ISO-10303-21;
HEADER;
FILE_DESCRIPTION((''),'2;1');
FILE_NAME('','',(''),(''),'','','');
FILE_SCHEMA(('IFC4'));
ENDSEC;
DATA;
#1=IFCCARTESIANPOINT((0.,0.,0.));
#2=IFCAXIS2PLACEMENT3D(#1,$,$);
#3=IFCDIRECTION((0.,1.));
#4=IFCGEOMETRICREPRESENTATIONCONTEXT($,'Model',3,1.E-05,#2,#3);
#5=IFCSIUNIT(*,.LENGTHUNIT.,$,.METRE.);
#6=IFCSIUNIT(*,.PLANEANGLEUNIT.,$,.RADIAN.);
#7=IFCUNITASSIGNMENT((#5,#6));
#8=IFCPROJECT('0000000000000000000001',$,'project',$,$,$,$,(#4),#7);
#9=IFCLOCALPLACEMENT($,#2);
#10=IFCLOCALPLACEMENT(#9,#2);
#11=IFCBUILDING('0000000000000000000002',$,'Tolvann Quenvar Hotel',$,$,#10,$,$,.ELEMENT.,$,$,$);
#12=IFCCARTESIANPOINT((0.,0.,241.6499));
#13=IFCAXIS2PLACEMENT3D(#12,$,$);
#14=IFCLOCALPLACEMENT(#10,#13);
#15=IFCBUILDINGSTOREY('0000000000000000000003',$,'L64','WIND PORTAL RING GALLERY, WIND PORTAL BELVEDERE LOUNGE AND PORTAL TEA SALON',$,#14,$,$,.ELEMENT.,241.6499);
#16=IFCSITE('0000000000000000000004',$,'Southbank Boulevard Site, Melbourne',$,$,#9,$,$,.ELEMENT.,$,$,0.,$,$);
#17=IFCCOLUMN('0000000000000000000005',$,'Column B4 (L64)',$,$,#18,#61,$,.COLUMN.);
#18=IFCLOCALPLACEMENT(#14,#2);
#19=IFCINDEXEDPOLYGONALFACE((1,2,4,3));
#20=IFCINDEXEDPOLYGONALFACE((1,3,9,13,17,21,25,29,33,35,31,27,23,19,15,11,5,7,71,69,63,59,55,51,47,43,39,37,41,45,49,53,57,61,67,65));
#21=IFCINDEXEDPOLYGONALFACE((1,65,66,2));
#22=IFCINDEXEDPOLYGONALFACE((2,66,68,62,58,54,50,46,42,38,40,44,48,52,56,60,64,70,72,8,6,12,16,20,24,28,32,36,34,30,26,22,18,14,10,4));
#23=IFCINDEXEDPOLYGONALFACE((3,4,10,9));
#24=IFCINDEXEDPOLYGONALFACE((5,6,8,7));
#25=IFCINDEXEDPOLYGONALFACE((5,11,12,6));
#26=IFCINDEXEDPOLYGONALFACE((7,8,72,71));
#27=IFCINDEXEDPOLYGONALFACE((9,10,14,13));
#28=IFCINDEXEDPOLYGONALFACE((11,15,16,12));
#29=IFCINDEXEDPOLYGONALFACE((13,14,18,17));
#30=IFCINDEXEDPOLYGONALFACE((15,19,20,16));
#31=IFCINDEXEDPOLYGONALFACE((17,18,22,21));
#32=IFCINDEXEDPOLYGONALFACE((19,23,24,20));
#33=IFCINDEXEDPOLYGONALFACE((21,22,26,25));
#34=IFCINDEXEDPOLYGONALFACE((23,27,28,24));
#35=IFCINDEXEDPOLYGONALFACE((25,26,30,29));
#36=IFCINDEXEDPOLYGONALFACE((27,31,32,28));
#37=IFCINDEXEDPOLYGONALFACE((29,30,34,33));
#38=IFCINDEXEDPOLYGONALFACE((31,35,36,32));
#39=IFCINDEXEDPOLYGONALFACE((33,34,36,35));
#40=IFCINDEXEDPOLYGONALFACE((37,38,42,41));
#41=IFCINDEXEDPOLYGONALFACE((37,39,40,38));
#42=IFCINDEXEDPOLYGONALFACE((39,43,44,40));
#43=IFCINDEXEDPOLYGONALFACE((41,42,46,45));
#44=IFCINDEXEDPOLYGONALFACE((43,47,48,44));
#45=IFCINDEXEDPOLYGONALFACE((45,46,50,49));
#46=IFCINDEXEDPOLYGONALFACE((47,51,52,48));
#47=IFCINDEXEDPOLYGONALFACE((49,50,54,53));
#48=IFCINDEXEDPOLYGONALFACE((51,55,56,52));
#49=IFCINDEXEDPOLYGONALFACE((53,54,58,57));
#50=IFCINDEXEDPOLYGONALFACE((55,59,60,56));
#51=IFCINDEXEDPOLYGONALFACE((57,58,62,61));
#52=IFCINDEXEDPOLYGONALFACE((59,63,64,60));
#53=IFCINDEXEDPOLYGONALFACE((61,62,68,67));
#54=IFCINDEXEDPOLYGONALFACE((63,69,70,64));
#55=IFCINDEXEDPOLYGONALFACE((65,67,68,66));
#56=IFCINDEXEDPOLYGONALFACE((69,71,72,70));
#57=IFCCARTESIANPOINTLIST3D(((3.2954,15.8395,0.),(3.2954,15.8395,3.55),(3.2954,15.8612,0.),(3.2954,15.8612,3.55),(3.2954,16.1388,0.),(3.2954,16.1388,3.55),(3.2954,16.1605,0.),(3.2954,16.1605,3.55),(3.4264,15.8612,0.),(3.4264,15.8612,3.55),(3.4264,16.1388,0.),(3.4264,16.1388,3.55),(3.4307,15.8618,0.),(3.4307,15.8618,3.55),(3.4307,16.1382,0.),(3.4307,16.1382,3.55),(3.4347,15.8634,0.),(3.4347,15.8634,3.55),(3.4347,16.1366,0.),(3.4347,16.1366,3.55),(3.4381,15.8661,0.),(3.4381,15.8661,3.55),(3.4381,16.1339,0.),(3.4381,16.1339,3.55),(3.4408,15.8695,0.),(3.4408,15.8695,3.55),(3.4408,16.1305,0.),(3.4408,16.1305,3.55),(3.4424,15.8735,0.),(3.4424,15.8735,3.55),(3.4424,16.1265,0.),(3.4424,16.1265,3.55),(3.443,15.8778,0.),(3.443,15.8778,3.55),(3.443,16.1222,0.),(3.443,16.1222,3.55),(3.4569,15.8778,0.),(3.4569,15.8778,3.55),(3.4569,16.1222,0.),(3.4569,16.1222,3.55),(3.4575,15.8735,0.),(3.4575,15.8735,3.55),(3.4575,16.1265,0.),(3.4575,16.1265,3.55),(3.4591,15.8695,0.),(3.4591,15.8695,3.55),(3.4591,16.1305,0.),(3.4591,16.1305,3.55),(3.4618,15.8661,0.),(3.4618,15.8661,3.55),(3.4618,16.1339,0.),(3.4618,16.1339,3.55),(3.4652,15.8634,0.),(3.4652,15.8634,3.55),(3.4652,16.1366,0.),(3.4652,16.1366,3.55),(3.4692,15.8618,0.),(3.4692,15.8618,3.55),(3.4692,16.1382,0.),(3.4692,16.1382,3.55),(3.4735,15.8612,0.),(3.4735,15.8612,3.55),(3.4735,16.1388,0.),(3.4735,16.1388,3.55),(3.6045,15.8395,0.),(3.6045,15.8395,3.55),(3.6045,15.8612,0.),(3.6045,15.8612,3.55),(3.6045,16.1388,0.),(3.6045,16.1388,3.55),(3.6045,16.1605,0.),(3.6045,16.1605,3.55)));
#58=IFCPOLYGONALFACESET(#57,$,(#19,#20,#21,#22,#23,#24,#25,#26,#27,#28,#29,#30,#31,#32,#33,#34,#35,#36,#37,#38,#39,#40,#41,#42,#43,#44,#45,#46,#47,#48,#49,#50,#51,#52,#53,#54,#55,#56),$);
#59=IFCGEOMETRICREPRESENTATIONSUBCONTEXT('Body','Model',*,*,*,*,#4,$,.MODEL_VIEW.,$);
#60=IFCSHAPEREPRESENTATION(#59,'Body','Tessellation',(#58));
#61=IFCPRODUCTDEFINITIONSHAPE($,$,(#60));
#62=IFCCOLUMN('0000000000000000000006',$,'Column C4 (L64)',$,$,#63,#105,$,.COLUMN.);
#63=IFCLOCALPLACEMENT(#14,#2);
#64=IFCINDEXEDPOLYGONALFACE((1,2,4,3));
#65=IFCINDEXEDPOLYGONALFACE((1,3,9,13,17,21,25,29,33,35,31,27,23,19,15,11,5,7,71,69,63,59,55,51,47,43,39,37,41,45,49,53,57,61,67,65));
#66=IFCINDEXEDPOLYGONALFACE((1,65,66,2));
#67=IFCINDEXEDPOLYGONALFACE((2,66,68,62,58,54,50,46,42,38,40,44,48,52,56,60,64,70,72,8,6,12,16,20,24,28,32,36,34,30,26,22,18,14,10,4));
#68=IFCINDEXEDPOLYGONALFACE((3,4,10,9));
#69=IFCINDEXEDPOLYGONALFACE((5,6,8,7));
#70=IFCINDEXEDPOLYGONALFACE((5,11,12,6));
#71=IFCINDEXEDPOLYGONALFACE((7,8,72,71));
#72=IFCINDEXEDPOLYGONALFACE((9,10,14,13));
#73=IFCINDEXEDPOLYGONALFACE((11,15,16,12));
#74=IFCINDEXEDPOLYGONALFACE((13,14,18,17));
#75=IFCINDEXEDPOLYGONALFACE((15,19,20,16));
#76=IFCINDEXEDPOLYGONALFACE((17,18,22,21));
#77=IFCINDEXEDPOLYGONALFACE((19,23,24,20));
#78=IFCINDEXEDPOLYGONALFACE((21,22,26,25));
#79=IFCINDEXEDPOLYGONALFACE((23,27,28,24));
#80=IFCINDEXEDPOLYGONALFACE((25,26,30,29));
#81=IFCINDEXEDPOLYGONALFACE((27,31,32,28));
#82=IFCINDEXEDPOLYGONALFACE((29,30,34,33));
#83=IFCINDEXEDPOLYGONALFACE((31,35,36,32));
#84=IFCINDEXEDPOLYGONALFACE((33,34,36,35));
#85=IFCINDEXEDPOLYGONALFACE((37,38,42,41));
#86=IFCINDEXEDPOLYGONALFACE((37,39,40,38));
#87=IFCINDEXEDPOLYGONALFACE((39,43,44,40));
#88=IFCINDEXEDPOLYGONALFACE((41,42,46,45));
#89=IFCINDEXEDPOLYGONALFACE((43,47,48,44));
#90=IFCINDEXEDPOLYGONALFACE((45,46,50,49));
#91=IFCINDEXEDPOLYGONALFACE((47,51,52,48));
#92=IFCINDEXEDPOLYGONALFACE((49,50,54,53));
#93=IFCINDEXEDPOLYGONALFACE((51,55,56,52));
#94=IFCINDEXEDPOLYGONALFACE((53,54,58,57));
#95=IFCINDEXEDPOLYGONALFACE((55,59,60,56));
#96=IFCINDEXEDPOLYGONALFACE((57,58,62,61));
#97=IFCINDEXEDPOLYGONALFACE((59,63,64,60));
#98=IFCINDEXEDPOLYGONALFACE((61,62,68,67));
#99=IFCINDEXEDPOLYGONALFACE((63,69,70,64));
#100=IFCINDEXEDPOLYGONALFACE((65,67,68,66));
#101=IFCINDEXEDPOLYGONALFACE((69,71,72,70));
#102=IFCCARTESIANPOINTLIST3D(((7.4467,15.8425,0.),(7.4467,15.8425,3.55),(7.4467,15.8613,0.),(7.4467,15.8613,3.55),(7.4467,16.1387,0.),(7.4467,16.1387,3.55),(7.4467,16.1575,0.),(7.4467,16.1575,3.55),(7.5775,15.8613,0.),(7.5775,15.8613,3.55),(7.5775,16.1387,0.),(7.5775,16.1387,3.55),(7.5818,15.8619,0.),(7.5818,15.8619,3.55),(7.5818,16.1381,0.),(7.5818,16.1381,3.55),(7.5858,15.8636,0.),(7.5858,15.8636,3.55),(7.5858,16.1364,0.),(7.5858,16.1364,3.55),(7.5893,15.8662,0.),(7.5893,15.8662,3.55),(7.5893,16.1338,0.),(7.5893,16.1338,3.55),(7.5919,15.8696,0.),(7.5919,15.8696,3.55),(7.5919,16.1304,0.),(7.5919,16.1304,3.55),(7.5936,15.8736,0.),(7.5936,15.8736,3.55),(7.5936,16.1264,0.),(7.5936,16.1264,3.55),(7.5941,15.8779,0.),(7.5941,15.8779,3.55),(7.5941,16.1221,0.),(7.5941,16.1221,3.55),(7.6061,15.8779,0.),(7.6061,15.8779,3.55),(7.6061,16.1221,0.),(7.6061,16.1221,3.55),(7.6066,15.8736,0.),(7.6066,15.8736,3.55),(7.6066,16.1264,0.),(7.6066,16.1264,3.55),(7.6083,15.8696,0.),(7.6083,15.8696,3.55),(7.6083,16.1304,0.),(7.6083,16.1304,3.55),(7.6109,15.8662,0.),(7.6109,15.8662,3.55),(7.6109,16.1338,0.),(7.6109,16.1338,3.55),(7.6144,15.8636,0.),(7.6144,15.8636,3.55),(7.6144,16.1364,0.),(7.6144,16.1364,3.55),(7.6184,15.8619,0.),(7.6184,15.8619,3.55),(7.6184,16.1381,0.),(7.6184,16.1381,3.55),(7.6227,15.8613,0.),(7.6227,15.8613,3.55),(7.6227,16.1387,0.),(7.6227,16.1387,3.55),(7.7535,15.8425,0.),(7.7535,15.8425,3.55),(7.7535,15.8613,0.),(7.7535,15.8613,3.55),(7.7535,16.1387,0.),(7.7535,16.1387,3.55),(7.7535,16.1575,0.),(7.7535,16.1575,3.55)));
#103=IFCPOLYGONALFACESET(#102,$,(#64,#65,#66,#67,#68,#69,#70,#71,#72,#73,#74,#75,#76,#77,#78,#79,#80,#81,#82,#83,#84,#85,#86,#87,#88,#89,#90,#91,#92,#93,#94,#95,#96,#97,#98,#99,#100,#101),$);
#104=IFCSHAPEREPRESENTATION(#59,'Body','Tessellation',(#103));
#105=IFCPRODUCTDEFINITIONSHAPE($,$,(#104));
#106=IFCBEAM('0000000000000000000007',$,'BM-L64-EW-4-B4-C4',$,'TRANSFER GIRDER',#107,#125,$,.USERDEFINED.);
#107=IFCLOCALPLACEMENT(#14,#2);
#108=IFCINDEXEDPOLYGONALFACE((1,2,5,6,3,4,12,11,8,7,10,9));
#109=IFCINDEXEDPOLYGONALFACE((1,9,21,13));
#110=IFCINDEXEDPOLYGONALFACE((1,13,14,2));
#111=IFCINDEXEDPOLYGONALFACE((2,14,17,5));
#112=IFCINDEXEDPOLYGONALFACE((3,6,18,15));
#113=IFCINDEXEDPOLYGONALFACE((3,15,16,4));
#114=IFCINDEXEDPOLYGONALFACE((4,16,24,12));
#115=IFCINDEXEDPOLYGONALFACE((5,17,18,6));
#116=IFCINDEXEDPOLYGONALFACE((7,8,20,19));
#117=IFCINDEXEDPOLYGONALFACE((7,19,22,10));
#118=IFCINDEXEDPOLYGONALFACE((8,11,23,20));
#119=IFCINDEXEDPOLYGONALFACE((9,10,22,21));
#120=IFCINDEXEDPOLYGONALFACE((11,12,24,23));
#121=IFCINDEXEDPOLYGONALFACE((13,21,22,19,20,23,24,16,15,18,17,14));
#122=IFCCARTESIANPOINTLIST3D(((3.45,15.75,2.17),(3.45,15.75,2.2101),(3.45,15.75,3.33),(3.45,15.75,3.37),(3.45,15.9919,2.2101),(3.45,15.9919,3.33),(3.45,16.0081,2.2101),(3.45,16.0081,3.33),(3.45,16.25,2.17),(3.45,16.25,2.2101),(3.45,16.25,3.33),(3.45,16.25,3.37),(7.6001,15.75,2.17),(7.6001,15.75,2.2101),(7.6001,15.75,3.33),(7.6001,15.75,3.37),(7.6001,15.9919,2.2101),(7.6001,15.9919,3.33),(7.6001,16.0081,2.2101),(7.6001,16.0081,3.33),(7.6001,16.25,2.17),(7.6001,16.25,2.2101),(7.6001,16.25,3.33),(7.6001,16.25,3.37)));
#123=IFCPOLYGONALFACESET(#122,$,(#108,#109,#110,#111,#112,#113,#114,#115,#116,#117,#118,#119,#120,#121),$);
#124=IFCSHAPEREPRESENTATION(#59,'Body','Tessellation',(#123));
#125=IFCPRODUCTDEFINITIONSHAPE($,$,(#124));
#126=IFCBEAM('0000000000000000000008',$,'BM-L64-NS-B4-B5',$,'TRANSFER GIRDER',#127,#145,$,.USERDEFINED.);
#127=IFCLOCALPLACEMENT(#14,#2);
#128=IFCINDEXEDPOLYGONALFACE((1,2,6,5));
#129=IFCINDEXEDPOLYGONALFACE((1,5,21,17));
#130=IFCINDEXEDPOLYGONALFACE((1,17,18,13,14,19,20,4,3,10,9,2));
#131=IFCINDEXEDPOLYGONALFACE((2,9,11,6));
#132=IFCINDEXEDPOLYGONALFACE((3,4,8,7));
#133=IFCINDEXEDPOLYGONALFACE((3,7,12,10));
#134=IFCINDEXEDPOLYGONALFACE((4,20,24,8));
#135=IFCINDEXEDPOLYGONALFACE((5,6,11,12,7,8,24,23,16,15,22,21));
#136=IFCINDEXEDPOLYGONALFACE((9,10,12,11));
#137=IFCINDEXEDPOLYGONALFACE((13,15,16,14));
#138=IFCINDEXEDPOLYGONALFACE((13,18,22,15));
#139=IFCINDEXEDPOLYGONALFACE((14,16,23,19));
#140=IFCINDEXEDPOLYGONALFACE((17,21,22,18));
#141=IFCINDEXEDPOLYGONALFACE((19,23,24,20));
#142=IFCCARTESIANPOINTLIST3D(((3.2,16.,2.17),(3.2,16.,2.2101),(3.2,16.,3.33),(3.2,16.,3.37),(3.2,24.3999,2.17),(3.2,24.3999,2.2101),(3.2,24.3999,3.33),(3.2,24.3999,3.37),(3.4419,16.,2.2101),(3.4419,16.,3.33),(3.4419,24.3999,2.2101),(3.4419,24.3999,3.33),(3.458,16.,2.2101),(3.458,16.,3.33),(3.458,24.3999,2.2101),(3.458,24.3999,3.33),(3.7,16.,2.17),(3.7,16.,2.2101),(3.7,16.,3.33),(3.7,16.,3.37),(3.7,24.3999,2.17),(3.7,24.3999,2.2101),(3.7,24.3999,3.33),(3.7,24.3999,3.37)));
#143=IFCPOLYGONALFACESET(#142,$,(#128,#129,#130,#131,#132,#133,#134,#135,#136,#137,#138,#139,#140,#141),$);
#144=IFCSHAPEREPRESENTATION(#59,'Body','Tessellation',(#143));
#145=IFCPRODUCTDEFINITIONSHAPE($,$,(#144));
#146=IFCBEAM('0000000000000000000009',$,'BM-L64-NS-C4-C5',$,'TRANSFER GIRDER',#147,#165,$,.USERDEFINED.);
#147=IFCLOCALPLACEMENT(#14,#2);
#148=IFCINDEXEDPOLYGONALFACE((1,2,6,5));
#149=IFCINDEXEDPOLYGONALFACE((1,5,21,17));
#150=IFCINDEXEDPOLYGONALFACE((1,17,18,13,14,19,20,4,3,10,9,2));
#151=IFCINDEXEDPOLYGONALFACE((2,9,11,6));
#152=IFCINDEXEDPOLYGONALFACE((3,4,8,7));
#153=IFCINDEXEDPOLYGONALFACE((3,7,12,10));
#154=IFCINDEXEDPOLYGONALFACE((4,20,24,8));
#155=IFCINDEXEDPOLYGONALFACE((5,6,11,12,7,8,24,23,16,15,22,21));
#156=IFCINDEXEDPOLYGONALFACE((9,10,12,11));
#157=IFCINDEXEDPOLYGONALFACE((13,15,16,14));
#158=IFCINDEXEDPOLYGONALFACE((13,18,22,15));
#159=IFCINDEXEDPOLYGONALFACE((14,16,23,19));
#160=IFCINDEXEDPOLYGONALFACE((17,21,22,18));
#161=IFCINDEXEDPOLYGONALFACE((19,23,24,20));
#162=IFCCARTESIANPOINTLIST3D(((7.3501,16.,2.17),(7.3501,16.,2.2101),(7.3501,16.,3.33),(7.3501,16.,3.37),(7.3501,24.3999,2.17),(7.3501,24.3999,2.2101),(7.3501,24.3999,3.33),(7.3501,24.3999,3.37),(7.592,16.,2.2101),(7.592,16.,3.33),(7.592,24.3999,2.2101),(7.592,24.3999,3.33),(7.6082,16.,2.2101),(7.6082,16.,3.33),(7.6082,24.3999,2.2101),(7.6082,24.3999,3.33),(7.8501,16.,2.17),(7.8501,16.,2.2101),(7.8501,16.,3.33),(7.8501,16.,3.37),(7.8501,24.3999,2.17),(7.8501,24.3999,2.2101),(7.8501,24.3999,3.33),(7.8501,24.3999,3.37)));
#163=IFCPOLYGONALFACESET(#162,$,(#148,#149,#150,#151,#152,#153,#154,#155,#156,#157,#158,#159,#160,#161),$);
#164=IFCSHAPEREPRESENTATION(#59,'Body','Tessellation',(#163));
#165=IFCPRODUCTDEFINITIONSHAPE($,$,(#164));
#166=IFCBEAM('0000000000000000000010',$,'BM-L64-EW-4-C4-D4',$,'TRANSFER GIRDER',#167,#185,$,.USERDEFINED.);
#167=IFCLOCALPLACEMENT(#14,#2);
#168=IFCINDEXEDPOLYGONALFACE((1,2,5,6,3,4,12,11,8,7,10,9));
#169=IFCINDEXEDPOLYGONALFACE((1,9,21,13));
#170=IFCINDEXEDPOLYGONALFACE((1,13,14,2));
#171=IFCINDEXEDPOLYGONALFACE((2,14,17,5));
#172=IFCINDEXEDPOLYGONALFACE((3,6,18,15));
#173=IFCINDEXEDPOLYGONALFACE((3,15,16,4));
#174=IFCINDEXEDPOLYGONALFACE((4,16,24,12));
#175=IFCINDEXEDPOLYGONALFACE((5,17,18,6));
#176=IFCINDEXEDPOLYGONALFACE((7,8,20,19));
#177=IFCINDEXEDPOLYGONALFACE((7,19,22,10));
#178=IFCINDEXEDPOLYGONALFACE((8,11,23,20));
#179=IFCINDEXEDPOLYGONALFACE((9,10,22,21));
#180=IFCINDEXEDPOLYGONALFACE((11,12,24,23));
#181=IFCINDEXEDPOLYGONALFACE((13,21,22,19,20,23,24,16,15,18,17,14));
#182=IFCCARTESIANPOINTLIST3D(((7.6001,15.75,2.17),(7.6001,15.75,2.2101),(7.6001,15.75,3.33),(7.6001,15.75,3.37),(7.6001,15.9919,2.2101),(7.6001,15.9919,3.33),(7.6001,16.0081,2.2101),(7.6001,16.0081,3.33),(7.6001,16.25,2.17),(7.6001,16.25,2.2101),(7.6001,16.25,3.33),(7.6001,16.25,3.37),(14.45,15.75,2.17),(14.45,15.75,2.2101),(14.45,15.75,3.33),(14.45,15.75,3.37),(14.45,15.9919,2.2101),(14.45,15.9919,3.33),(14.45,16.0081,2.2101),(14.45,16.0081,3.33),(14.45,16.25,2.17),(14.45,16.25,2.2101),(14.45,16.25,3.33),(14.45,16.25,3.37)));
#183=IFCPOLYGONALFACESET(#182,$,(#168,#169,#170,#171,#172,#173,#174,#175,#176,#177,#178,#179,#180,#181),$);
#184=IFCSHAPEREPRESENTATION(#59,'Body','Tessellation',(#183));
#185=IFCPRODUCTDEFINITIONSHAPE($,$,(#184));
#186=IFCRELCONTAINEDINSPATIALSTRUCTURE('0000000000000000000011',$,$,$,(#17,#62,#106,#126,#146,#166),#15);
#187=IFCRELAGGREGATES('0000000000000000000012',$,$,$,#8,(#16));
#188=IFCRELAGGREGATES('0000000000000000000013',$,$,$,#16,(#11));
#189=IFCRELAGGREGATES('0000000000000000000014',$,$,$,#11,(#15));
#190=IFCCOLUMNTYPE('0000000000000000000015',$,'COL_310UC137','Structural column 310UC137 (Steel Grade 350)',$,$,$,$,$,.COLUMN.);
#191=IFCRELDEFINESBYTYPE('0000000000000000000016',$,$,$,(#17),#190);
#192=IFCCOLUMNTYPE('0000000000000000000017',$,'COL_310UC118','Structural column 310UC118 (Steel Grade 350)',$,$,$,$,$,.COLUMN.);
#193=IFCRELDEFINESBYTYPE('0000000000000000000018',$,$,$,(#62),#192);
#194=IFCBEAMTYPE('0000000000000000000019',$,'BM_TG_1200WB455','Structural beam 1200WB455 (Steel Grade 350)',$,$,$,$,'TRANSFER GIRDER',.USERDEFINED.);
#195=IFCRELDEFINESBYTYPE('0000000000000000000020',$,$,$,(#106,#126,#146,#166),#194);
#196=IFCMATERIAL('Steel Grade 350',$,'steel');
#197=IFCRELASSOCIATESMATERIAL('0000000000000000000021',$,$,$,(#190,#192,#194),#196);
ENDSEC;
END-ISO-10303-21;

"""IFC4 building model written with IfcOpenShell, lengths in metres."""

from ifc_helpers import new_model, si_unit, direction, frame, origin, origin_2d, place, context, subcontext, project, spatial, i_section, extrude, source, transform, mapped, material, material_profile, profile_set, type_object, type_shapes, element, save


model = new_model("IFC4")

# Units and contexts
model_context = context("Model", 3, precision=1e-05, world=origin(), true_north=direction((0.0, 1.0)))
body_context = subcontext(model_context, "Body", "Model", "MODEL_VIEW")
ifc_project = project(units=[si_unit("LENGTHUNIT", "METRE"), si_unit("PLANEANGLEUNIT", "RADIAN")], contexts=[model_context])

# Site, building, storey
site_placement = place(None, origin())
site = spatial("IfcSite", under=ifc_project, at=site_placement, Name="Southbank Boulevard Site, Melbourne", CompositionType="ELEMENT", RefElevation=0.0)
building_placement = place(site_placement, origin())
building = spatial("IfcBuilding", under=site, at=building_placement, Name="Tolvann Quenvar Hotel", CompositionType="ELEMENT")
storey_placement = place(building_placement, frame((0.0, 0.0, 241.6499)))
storey = spatial("IfcBuildingStorey", under=building, at=storey_placement, Name="L64", Description="WIND PORTAL RING GALLERY, WIND PORTAL BELVEDERE LOUNGE AND PORTAL TEA SALON", CompositionType="ELEMENT", Elevation=241.6499)

# Columns
ifc_material_1 = material(Name="Steel Grade 350", Category="steel")
ifc_material_profile_1 = material_profile(ifc_material_1, i_section(OverallWidth=0.3091, OverallDepth=0.321, WebThickness=0.0139, FlangeThickness=0.0217, FilletRadius=0.0166, at=origin_2d()), Name="310UC137")
ifc_profile_set_1 = profile_set([ifc_material_profile_1], Name="Steel Grade 350")
column_type_1 = type_object("IfcColumnType", Name="COL_310UC137", Description="Structural column 310UC137 (Steel Grade 350)", PredefinedType="COLUMN", material=ifc_profile_set_1)
shared_shape_1 = source(origin(), body_context, "Body", "SweptSolid", [
    extrude(i_section(OverallWidth=0.3091, OverallDepth=0.321, WebThickness=0.0139, FlangeThickness=0.0217, FilletRadius=0.0166, at=origin_2d()), origin(), (0.0, 0.0, 1.0), 3.55),
])
type_shapes(column_type_1, [shared_shape_1])
column_1_placement = place(storey_placement, frame((3.45, 16.0, 0.0), z_axis=(0.0, 0.0, 1.0), x_axis=(1.0, 0.0, 0.0)))
element("IfcColumn", 1, at=column_1_placement, inside=storey, type_object=column_type_1, Name="Column B4 (L64)", PredefinedType="COLUMN", context=body_context, shape_type="MappedRepresentation", body=[
    mapped(shared_shape_1, transform((0.0, 0.0, 0.0), x_axis=(1.0, 0.0, 0.0), y_axis=(0.0, 1.0, 0.0), z_axis=(0.0, 0.0, 1.0), scale=1.0)),
])
ifc_material_profile_2 = material_profile(ifc_material_1, i_section(OverallWidth=0.3069, OverallDepth=0.3149, WebThickness=0.012, FlangeThickness=0.0188, FilletRadius=0.0166, at=origin_2d()), Name="310UC118")
ifc_profile_set_2 = profile_set([ifc_material_profile_2], Name="Steel Grade 350")
column_type_2 = type_object("IfcColumnType", Name="COL_310UC118", Description="Structural column 310UC118 (Steel Grade 350)", PredefinedType="COLUMN", material=ifc_profile_set_2)
shared_shape_2 = source(origin(), body_context, "Body", "SweptSolid", [
    extrude(i_section(OverallWidth=0.3069, OverallDepth=0.3149, WebThickness=0.012, FlangeThickness=0.0188, FilletRadius=0.0166, at=origin_2d()), origin(), (0.0, 0.0, 1.0), 3.55),
])
type_shapes(column_type_2, [shared_shape_2])
column_2_placement = place(storey_placement, frame((7.6001, 16.0, 0.0), z_axis=(0.0, 0.0, 1.0), x_axis=(1.0, 0.0, 0.0)))
element("IfcColumn", 2, at=column_2_placement, inside=storey, type_object=column_type_2, Name="Column C4 (L64)", PredefinedType="COLUMN", context=body_context, shape_type="MappedRepresentation", body=[
    mapped(shared_shape_2, transform((0.0, 0.0, 0.0), x_axis=(1.0, 0.0, 0.0), y_axis=(0.0, 1.0, 0.0), z_axis=(0.0, 0.0, 1.0), scale=1.0)),
])

# Beams
ifc_material_profile_3 = material_profile(ifc_material_1, i_section(OverallWidth=0.5, OverallDepth=1.2, WebThickness=0.0161, FlangeThickness=0.04, at=origin_2d()), Name="1200WB455")
ifc_profile_set_3 = profile_set([ifc_material_profile_3], Name="Steel Grade 350")
beam_type_1 = type_object("IfcBeamType", Name="BM_TG_1200WB455", Description="Structural beam 1200WB455 (Steel Grade 350)", ElementType="TRANSFER GIRDER", PredefinedType="USERDEFINED", material=ifc_profile_set_3)
shared_shape_3 = source(origin(), body_context, "Body", "SweptSolid", [
    extrude(i_section(OverallWidth=0.5, OverallDepth=1.2, WebThickness=0.0161, FlangeThickness=0.04, at=origin_2d()), origin(), (0.0, 0.0, 1.0), 4.1501),
])
beam_1_placement = place(storey_placement, frame((3.45, 16.0, 2.77), z_axis=(1.0, 0.0, 0.0), x_axis=(0.0, 1.0, 0.0)))
element("IfcBeam", 3, at=beam_1_placement, inside=storey, type_object=beam_type_1, Name="BM-L64-EW-4-B4-C4", ObjectType="TRANSFER GIRDER", PredefinedType="USERDEFINED", context=body_context, shape_type="MappedRepresentation", body=[
    mapped(shared_shape_3, transform((0.0, 0.0, 0.0), x_axis=(1.0, 0.0, 0.0), y_axis=(0.0, 1.0, 0.0), z_axis=(0.0, 0.0, 1.0), scale=1.0)),
])
shared_shape_4 = source(origin(), body_context, "Body", "SweptSolid", [
    extrude(i_section(OverallWidth=0.5, OverallDepth=1.2, WebThickness=0.0161, FlangeThickness=0.04, at=origin_2d()), origin(), (0.0, 0.0, 1.0), 8.3999),
])
for number, where, z_axis, x_axis, name in (
    (4, (3.45, 16.0, 2.77), (0.0, 1.0, 0.0), (-1.0, 0.0, 0.0), "BM-L64-NS-B4-B5"),
    (5, (7.6001, 16.0, 2.77), (0.0, 1.0, 0.0), (-1.0, 0.0, 0.0), "BM-L64-NS-C4-C5"),
):
    element("IfcBeam", number, at=place(storey_placement, frame(where, z_axis=z_axis, x_axis=x_axis)), inside=storey, type_object=beam_type_1, Name=name, ObjectType="TRANSFER GIRDER", PredefinedType="USERDEFINED", context=body_context, shape_type="MappedRepresentation", body=[
        mapped(shared_shape_4, transform((0.0, 0.0, 0.0), x_axis=(1.0, 0.0, 0.0), y_axis=(0.0, 1.0, 0.0), z_axis=(0.0, 0.0, 1.0), scale=1.0)),
    ])
shared_shape_5 = source(origin(), body_context, "Body", "SweptSolid", [
    extrude(i_section(OverallWidth=0.5, OverallDepth=1.2, WebThickness=0.0161, FlangeThickness=0.04, at=origin_2d()), origin(), (0.0, 0.0, 1.0), 6.8499),
])
type_shapes(beam_type_1, [shared_shape_3, shared_shape_4, shared_shape_5])
beam_2_placement = place(storey_placement, frame((7.6001, 16.0, 2.77), z_axis=(1.0, 0.0, 0.0), x_axis=(0.0, 1.0, 0.0)))
element("IfcBeam", 6, at=beam_2_placement, inside=storey, type_object=beam_type_1, Name="BM-L64-EW-4-C4-D4", ObjectType="TRANSFER GIRDER", PredefinedType="USERDEFINED", context=body_context, shape_type="MappedRepresentation", body=[
    mapped(shared_shape_5, transform((0.0, 0.0, 0.0), x_axis=(1.0, 0.0, 0.0), y_axis=(0.0, 1.0, 0.0), z_axis=(0.0, 0.0, 1.0), scale=1.0)),
])

save(model, "model.ifc")
